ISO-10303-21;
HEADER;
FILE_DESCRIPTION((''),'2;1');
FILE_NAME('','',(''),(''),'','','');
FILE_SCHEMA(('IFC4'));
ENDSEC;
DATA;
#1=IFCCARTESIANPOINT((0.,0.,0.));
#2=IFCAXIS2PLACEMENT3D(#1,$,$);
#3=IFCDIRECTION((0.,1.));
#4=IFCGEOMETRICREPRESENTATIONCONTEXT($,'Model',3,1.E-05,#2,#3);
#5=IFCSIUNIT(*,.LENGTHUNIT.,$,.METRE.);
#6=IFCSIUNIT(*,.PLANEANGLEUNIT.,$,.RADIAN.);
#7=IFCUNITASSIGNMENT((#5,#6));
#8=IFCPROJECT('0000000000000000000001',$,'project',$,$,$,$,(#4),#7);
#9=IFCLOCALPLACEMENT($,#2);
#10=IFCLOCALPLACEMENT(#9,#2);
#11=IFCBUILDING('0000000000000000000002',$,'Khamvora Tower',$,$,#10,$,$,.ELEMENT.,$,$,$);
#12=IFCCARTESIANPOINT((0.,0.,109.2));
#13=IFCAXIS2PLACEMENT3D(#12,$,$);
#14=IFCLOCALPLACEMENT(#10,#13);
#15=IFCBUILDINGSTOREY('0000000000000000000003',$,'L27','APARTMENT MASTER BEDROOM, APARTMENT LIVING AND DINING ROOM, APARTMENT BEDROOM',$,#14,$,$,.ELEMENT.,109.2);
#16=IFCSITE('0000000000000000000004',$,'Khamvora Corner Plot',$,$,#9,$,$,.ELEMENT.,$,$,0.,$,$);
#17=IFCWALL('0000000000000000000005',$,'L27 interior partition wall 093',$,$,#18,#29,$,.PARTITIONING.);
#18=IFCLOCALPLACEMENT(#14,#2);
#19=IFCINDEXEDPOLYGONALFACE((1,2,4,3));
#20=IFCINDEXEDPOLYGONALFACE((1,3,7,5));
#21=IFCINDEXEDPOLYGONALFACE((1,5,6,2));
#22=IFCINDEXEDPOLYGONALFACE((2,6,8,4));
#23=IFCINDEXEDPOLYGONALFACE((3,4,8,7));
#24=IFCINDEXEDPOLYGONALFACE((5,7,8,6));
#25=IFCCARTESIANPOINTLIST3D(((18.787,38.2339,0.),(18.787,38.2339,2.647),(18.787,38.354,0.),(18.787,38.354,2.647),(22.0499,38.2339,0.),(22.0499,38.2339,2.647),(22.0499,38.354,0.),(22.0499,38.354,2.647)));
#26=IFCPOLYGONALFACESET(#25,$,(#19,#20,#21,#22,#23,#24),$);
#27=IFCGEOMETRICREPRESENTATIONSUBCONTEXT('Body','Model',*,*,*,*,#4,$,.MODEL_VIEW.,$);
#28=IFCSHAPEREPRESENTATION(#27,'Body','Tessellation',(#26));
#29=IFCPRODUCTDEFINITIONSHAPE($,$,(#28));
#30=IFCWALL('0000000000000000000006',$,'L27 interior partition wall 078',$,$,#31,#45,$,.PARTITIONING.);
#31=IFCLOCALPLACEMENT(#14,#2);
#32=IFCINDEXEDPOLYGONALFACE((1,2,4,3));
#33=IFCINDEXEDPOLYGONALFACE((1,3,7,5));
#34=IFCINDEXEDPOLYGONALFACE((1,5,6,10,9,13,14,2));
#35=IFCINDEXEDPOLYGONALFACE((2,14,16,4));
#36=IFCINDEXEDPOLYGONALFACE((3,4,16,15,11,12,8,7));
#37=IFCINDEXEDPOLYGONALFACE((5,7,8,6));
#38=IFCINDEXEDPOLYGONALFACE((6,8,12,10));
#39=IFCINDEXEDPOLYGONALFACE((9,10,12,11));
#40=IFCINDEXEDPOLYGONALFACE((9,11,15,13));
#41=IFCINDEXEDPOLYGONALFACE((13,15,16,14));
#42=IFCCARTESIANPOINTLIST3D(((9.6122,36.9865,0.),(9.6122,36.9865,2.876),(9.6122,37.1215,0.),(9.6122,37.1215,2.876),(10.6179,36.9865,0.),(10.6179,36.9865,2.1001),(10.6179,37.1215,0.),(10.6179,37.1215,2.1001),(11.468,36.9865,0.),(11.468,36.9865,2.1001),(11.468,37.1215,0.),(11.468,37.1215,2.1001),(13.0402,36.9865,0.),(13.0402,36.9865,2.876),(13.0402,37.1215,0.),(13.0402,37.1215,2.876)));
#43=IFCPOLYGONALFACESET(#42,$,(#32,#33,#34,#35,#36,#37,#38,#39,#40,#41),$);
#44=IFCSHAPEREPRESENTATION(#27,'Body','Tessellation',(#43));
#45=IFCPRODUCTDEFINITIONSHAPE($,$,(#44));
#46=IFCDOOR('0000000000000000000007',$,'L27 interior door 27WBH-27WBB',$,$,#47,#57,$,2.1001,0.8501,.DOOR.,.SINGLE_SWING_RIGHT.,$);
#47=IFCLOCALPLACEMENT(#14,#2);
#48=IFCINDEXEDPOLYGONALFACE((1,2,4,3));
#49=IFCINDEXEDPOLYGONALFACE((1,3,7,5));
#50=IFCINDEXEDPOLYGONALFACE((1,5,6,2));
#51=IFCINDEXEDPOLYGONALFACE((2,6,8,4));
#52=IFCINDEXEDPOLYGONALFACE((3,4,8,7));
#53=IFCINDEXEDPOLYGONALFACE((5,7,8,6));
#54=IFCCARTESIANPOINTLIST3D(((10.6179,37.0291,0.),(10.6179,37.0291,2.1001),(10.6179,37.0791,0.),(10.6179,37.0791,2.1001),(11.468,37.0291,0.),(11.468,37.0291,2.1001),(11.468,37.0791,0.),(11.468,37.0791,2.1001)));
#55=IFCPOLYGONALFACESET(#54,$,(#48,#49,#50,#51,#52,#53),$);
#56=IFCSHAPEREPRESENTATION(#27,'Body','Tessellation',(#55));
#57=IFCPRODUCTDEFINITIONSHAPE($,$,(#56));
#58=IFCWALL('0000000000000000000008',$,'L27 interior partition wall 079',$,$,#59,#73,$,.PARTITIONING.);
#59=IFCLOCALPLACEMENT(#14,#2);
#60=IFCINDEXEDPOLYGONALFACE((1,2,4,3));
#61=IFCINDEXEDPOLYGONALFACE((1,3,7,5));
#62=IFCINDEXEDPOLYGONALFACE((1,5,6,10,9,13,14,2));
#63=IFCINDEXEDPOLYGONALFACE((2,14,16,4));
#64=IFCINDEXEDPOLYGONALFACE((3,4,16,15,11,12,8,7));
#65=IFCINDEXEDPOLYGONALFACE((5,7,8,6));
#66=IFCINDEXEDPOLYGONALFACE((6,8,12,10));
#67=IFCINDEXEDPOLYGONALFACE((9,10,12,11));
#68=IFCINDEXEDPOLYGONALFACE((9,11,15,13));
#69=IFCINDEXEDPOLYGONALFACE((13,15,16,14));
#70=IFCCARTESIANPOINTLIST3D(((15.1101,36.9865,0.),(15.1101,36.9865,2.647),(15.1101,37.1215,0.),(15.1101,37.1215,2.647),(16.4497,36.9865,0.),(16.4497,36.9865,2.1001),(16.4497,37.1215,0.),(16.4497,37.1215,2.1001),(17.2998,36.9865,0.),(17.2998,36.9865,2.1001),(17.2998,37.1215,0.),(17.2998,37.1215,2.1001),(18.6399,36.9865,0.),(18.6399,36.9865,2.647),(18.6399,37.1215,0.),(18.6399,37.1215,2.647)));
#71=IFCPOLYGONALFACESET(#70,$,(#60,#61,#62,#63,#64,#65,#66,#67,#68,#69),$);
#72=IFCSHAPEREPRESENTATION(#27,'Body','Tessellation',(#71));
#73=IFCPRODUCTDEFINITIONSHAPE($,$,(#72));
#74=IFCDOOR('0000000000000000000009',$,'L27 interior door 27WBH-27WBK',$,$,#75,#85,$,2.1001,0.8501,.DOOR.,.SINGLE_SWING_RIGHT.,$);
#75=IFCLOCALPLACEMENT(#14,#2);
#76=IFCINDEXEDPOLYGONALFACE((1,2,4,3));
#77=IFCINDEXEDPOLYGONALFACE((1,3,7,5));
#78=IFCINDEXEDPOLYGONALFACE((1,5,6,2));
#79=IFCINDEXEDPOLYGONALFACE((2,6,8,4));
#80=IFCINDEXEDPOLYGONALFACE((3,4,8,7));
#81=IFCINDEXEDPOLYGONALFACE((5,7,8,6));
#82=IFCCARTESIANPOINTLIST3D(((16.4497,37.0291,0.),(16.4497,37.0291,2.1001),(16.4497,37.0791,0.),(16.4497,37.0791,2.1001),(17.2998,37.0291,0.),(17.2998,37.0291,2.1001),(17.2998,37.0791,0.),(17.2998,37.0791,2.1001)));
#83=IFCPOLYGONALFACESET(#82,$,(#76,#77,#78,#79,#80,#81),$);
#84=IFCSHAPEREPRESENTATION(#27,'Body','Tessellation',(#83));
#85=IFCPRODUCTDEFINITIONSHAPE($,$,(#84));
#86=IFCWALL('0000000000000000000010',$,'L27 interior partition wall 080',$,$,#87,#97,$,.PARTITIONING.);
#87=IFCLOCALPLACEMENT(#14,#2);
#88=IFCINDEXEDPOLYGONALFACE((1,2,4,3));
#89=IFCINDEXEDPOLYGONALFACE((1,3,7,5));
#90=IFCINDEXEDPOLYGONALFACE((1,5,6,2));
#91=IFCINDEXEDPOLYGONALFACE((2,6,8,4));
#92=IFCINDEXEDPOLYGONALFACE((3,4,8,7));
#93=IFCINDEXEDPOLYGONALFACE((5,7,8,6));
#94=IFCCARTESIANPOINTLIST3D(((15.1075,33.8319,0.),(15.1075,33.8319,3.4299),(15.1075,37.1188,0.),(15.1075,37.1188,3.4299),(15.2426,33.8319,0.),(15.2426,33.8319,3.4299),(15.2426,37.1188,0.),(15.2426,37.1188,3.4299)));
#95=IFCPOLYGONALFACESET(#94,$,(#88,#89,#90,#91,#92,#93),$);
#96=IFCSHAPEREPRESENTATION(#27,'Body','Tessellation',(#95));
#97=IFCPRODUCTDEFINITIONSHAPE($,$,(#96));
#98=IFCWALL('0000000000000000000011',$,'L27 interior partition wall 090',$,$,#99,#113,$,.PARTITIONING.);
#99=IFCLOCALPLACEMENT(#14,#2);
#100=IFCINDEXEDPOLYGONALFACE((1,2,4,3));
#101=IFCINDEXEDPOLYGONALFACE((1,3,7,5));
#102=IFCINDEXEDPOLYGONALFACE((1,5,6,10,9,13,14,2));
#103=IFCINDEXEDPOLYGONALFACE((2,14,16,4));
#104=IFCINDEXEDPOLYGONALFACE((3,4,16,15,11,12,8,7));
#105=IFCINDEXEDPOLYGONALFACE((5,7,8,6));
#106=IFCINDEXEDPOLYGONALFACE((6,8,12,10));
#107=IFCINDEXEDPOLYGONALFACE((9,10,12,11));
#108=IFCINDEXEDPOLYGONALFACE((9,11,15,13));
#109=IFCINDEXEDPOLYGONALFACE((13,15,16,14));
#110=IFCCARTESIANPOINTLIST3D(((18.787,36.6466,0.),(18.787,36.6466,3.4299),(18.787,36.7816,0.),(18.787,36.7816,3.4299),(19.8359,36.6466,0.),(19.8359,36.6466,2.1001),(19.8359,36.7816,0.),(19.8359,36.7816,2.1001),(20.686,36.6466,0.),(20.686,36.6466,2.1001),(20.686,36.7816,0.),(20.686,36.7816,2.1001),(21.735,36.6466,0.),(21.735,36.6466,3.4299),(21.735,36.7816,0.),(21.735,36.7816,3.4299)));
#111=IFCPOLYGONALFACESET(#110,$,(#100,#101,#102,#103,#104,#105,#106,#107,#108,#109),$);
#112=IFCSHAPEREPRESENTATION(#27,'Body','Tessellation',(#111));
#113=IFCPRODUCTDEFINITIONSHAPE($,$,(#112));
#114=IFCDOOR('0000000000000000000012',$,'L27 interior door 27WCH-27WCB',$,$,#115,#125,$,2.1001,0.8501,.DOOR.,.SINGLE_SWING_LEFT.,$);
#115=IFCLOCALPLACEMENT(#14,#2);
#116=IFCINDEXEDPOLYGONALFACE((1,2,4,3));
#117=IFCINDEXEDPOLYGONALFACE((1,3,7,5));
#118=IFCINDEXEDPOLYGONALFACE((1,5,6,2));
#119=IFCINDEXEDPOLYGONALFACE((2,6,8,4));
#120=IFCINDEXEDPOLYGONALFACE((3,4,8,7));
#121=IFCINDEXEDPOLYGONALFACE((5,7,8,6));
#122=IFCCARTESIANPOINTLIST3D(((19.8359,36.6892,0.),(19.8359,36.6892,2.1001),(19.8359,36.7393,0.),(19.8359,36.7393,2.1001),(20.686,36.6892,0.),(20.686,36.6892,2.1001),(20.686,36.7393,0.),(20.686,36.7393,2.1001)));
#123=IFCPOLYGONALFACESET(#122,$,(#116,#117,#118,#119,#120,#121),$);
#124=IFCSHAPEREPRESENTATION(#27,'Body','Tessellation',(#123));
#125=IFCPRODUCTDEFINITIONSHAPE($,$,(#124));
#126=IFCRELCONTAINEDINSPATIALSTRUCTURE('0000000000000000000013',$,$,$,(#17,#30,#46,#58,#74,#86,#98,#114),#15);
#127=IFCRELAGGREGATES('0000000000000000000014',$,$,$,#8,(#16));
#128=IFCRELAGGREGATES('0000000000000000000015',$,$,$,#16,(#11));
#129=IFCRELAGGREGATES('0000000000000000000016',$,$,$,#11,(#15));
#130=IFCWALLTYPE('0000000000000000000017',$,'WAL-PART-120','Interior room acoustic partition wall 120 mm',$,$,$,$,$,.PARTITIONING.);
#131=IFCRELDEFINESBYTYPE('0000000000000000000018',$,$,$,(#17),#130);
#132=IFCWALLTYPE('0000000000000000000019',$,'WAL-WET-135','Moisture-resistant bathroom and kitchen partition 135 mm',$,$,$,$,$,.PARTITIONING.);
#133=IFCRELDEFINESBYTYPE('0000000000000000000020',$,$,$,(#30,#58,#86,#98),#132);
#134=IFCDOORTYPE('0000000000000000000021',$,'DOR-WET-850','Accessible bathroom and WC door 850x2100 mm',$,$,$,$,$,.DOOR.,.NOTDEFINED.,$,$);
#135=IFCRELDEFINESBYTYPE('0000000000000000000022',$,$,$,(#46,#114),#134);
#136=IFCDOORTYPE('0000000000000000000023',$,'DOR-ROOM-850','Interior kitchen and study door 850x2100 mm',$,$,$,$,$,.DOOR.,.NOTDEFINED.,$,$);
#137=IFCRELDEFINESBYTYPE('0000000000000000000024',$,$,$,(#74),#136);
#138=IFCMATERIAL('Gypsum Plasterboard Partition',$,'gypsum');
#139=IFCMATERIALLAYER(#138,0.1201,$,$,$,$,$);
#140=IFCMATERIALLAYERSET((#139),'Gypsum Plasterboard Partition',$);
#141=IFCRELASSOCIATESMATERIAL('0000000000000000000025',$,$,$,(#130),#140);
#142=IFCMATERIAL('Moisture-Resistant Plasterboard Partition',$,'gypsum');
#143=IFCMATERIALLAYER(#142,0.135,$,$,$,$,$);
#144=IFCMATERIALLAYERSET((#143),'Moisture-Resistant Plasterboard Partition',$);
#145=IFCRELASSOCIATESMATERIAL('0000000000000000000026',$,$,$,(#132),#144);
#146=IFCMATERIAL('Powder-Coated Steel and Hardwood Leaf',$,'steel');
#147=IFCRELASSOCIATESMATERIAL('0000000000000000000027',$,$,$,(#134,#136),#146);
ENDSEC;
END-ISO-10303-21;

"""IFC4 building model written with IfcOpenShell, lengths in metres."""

from ifc_helpers import new_model, si_unit, direction, frame, frame_2d, origin, place, context, subcontext, project, spatial, rectangle, extrude, material, layer, layer_set, type_object, element, fill, save


model = new_model("IFC4")

# Units and contexts
model_context = context("Model", 3, precision=1e-05, world=origin(), true_north=direction((0.0, 1.0)))
body_context = subcontext(model_context, "Body", "Model", "MODEL_VIEW")
ifc_project = project(units=[si_unit("LENGTHUNIT", "METRE"), si_unit("PLANEANGLEUNIT", "RADIAN")], contexts=[model_context])

# Site, building, storey
site_placement = place(None, origin())
site = spatial("IfcSite", under=ifc_project, at=site_placement, Name="Khamvora Corner Plot", CompositionType="ELEMENT", RefElevation=0.0)
building_placement = place(site_placement, origin())
building = spatial("IfcBuilding", under=site, at=building_placement, Name="Khamvora Tower", CompositionType="ELEMENT")
storey_placement = place(building_placement, frame((0.0, 0.0, 109.2)))
storey = spatial("IfcBuildingStorey", under=building, at=storey_placement, Name="L27", Description="APARTMENT MASTER BEDROOM, APARTMENT LIVING AND DINING ROOM, APARTMENT BEDROOM", CompositionType="ELEMENT", Elevation=109.2)

# Wall
ifc_material_1 = material(Name="Gypsum Plasterboard Partition", Category="gypsum")
ifc_layer_1 = layer(ifc_material_1, 0.1201)
ifc_layer_set_1 = layer_set([ifc_layer_1], Name="Gypsum Plasterboard Partition")
wall_type_1 = type_object("IfcWallType", Name="WAL-PART-120", Description="Interior room acoustic partition wall 120 mm", PredefinedType="PARTITIONING", material=ifc_layer_set_1)
wall_1_placement = place(storey_placement, frame((18.7871, 38.2939, 0.0), z_axis=(0.0, 0.0, 1.0), x_axis=(1.0, 0.0, 0.0)))
element("IfcWall", 1, at=wall_1_placement, inside=storey, type_object=wall_type_1, Name="L27 interior partition wall 093", PredefinedType="PARTITIONING", context=body_context, shape_type="SweptSolid", body=[
    extrude(rectangle(XDim=3.2629, YDim=0.1201, at=frame_2d((1.6313, 0.0))), origin(), (0.0, 0.0, 1.0), 2.647),
])

# Walls, openings, doors
ifc_material_2 = material(Name="Moisture-Resistant Plasterboard Partition", Category="gypsum")
ifc_layer_2 = layer(ifc_material_2, 0.135)
ifc_layer_set_2 = layer_set([ifc_layer_2], Name="Moisture-Resistant Plasterboard Partition")
wall_type_2 = type_object("IfcWallType", Name="WAL-WET-135", Description="Moisture-resistant bathroom and kitchen partition 135 mm", PredefinedType="PARTITIONING", material=ifc_layer_set_2)
wall_2_placement = place(storey_placement, frame((13.04, 37.054, 0.0), z_axis=(0.0, 0.0, 1.0), x_axis=(-1.0, 0.0, 0.0)))
wall_2 = element("IfcWall", 2, at=wall_2_placement, inside=storey, type_object=wall_type_2, Name="L27 interior partition wall 078", PredefinedType="PARTITIONING", context=body_context, shape_type="SweptSolid", body=[
    extrude(rectangle(XDim=3.428, YDim=0.135, at=frame_2d((1.7139, 0.0))), origin(), (0.0, 0.0, 1.0), 2.876),
])
opening_1_placement = place(wall_2_placement, frame((1.572, 0.0, 0.0)))
opening_1 = element("IfcOpeningElement", 3, at=opening_1_placement, cuts=wall_2, PredefinedType="OPENING", context=body_context, shape_type="SweptSolid", body=[
    extrude(rectangle(XDim=0.8501, YDim=2.1001, at=frame_2d((0.425, 1.05))), frame((0.0, 0.0774, 0.0), z_axis=(0.0, -1.0, 0.0), x_axis=(1.0, 0.0, 0.0)), (0.0, 0.0, 1.0), 0.155),
])
ifc_material_3 = material(Name="Powder-Coated Steel and Hardwood Leaf", Category="steel")
door_type_1 = type_object("IfcDoorType", Name="DOR-WET-850", Description="Accessible bathroom and WC door 850x2100 mm", OperationType="NOTDEFINED", PredefinedType="DOOR", material=ifc_material_3)
door_1_placement = place(opening_1_placement, origin())
door_1 = element("IfcDoor", 4, at=door_1_placement, inside=storey, type_object=door_type_1, Name="L27 interior door 27WBH-27WBB", OperationType="SINGLE_SWING_RIGHT", OverallHeight=2.1001, OverallWidth=0.8501, PredefinedType="DOOR", context=body_context, shape_type="SweptSolid", body=[
    extrude(rectangle(XDim=0.8501, YDim=2.1001, at=frame_2d((0.425, 1.05))), frame((0.0, 0.0249, 0.0), z_axis=(0.0, -1.0, 0.0), x_axis=(1.0, 0.0, 0.0)), (0.0, 0.0, 1.0), 0.05),
])
fill(opening_1, door_1)
wall_3_placement = place(storey_placement, frame((18.6399, 37.054, 0.0), z_axis=(0.0, 0.0, 1.0), x_axis=(-1.0, 0.0, 0.0)))
wall_3 = element("IfcWall", 5, at=wall_3_placement, inside=storey, type_object=wall_type_2, Name="L27 interior partition wall 079", PredefinedType="PARTITIONING", context=body_context, shape_type="SweptSolid", body=[
    extrude(rectangle(XDim=3.5298, YDim=0.135, at=frame_2d((1.7649, 0.0))), origin(), (0.0, 0.0, 1.0), 2.647),
])
opening_2_placement = place(wall_3_placement, frame((1.3401, 0.0, 0.0)))
opening_2 = element("IfcOpeningElement", 6, at=opening_2_placement, cuts=wall_3, PredefinedType="OPENING", context=body_context, shape_type="SweptSolid", body=[
    extrude(rectangle(XDim=0.8501, YDim=2.1001, at=frame_2d((0.425, 1.05))), frame((0.0, 0.0774, 0.0), z_axis=(0.0, -1.0, 0.0), x_axis=(1.0, 0.0, 0.0)), (0.0, 0.0, 1.0), 0.155),
])
door_type_2 = type_object("IfcDoorType", Name="DOR-ROOM-850", Description="Interior kitchen and study door 850x2100 mm", OperationType="NOTDEFINED", PredefinedType="DOOR", material=ifc_material_3)
door_2_placement = place(opening_2_placement, origin())
door_2 = element("IfcDoor", 7, at=door_2_placement, inside=storey, type_object=door_type_2, Name="L27 interior door 27WBH-27WBK", OperationType="SINGLE_SWING_RIGHT", OverallHeight=2.1001, OverallWidth=0.8501, PredefinedType="DOOR", context=body_context, shape_type="SweptSolid", body=[
    extrude(rectangle(XDim=0.8501, YDim=2.1001, at=frame_2d((0.425, 1.05))), frame((0.0, 0.0249, 0.0), z_axis=(0.0, -1.0, 0.0), x_axis=(1.0, 0.0, 0.0)), (0.0, 0.0, 1.0), 0.05),
])
fill(opening_2, door_2)

# Wall
wall_4_placement = place(storey_placement, frame((15.175, 37.1189, 0.0), z_axis=(0.0, 0.0, 1.0), x_axis=(0.0, -1.0, 0.0)))
element("IfcWall", 8, at=wall_4_placement, inside=storey, type_object=wall_type_2, Name="L27 interior partition wall 080", PredefinedType="PARTITIONING", context=body_context, shape_type="SweptSolid", body=[
    extrude(rectangle(XDim=3.2869, YDim=0.135, at=frame_2d((1.6436, 0.0))), origin(), (0.0, 0.0, 1.0), 3.4299),
])

# Wall, opening, door
wall_5_placement = place(storey_placement, frame((21.7351, 36.7141, 0.0), z_axis=(0.0, 0.0, 1.0), x_axis=(-1.0, 0.0, 0.0)))
wall_5 = element("IfcWall", 9, at=wall_5_placement, inside=storey, type_object=wall_type_2, Name="L27 interior partition wall 090", PredefinedType="PARTITIONING", context=body_context, shape_type="SweptSolid", body=[
    extrude(rectangle(XDim=2.948, YDim=0.135, at=frame_2d((1.4741, 0.0))), origin(), (0.0, 0.0, 1.0), 3.4299),
])
opening_3_placement = place(wall_5_placement, frame((1.0491, 0.0, 0.0)))
opening_3 = element("IfcOpeningElement", 10, at=opening_3_placement, cuts=wall_5, PredefinedType="OPENING", context=body_context, shape_type="SweptSolid", body=[
    extrude(rectangle(XDim=0.8501, YDim=2.1001, at=frame_2d((0.425, 1.05))), frame((0.0, 0.0774, 0.0), z_axis=(0.0, -1.0, 0.0), x_axis=(1.0, 0.0, 0.0)), (0.0, 0.0, 1.0), 0.155),
])
door_3_placement = place(opening_3_placement, origin())
door_3 = element("IfcDoor", 11, at=door_3_placement, inside=storey, type_object=door_type_1, Name="L27 interior door 27WCH-27WCB", OperationType="SINGLE_SWING_LEFT", OverallHeight=2.1001, OverallWidth=0.8501, PredefinedType="DOOR", context=body_context, shape_type="SweptSolid", body=[
    extrude(rectangle(XDim=0.8501, YDim=2.1001, at=frame_2d((0.425, 1.05))), frame((0.0, 0.0249, 0.0), z_axis=(0.0, -1.0, 0.0), x_axis=(1.0, 0.0, 0.0)), (0.0, 0.0, 1.0), 0.05),
])
fill(opening_3, door_3)

save(model, "model.ifc")
